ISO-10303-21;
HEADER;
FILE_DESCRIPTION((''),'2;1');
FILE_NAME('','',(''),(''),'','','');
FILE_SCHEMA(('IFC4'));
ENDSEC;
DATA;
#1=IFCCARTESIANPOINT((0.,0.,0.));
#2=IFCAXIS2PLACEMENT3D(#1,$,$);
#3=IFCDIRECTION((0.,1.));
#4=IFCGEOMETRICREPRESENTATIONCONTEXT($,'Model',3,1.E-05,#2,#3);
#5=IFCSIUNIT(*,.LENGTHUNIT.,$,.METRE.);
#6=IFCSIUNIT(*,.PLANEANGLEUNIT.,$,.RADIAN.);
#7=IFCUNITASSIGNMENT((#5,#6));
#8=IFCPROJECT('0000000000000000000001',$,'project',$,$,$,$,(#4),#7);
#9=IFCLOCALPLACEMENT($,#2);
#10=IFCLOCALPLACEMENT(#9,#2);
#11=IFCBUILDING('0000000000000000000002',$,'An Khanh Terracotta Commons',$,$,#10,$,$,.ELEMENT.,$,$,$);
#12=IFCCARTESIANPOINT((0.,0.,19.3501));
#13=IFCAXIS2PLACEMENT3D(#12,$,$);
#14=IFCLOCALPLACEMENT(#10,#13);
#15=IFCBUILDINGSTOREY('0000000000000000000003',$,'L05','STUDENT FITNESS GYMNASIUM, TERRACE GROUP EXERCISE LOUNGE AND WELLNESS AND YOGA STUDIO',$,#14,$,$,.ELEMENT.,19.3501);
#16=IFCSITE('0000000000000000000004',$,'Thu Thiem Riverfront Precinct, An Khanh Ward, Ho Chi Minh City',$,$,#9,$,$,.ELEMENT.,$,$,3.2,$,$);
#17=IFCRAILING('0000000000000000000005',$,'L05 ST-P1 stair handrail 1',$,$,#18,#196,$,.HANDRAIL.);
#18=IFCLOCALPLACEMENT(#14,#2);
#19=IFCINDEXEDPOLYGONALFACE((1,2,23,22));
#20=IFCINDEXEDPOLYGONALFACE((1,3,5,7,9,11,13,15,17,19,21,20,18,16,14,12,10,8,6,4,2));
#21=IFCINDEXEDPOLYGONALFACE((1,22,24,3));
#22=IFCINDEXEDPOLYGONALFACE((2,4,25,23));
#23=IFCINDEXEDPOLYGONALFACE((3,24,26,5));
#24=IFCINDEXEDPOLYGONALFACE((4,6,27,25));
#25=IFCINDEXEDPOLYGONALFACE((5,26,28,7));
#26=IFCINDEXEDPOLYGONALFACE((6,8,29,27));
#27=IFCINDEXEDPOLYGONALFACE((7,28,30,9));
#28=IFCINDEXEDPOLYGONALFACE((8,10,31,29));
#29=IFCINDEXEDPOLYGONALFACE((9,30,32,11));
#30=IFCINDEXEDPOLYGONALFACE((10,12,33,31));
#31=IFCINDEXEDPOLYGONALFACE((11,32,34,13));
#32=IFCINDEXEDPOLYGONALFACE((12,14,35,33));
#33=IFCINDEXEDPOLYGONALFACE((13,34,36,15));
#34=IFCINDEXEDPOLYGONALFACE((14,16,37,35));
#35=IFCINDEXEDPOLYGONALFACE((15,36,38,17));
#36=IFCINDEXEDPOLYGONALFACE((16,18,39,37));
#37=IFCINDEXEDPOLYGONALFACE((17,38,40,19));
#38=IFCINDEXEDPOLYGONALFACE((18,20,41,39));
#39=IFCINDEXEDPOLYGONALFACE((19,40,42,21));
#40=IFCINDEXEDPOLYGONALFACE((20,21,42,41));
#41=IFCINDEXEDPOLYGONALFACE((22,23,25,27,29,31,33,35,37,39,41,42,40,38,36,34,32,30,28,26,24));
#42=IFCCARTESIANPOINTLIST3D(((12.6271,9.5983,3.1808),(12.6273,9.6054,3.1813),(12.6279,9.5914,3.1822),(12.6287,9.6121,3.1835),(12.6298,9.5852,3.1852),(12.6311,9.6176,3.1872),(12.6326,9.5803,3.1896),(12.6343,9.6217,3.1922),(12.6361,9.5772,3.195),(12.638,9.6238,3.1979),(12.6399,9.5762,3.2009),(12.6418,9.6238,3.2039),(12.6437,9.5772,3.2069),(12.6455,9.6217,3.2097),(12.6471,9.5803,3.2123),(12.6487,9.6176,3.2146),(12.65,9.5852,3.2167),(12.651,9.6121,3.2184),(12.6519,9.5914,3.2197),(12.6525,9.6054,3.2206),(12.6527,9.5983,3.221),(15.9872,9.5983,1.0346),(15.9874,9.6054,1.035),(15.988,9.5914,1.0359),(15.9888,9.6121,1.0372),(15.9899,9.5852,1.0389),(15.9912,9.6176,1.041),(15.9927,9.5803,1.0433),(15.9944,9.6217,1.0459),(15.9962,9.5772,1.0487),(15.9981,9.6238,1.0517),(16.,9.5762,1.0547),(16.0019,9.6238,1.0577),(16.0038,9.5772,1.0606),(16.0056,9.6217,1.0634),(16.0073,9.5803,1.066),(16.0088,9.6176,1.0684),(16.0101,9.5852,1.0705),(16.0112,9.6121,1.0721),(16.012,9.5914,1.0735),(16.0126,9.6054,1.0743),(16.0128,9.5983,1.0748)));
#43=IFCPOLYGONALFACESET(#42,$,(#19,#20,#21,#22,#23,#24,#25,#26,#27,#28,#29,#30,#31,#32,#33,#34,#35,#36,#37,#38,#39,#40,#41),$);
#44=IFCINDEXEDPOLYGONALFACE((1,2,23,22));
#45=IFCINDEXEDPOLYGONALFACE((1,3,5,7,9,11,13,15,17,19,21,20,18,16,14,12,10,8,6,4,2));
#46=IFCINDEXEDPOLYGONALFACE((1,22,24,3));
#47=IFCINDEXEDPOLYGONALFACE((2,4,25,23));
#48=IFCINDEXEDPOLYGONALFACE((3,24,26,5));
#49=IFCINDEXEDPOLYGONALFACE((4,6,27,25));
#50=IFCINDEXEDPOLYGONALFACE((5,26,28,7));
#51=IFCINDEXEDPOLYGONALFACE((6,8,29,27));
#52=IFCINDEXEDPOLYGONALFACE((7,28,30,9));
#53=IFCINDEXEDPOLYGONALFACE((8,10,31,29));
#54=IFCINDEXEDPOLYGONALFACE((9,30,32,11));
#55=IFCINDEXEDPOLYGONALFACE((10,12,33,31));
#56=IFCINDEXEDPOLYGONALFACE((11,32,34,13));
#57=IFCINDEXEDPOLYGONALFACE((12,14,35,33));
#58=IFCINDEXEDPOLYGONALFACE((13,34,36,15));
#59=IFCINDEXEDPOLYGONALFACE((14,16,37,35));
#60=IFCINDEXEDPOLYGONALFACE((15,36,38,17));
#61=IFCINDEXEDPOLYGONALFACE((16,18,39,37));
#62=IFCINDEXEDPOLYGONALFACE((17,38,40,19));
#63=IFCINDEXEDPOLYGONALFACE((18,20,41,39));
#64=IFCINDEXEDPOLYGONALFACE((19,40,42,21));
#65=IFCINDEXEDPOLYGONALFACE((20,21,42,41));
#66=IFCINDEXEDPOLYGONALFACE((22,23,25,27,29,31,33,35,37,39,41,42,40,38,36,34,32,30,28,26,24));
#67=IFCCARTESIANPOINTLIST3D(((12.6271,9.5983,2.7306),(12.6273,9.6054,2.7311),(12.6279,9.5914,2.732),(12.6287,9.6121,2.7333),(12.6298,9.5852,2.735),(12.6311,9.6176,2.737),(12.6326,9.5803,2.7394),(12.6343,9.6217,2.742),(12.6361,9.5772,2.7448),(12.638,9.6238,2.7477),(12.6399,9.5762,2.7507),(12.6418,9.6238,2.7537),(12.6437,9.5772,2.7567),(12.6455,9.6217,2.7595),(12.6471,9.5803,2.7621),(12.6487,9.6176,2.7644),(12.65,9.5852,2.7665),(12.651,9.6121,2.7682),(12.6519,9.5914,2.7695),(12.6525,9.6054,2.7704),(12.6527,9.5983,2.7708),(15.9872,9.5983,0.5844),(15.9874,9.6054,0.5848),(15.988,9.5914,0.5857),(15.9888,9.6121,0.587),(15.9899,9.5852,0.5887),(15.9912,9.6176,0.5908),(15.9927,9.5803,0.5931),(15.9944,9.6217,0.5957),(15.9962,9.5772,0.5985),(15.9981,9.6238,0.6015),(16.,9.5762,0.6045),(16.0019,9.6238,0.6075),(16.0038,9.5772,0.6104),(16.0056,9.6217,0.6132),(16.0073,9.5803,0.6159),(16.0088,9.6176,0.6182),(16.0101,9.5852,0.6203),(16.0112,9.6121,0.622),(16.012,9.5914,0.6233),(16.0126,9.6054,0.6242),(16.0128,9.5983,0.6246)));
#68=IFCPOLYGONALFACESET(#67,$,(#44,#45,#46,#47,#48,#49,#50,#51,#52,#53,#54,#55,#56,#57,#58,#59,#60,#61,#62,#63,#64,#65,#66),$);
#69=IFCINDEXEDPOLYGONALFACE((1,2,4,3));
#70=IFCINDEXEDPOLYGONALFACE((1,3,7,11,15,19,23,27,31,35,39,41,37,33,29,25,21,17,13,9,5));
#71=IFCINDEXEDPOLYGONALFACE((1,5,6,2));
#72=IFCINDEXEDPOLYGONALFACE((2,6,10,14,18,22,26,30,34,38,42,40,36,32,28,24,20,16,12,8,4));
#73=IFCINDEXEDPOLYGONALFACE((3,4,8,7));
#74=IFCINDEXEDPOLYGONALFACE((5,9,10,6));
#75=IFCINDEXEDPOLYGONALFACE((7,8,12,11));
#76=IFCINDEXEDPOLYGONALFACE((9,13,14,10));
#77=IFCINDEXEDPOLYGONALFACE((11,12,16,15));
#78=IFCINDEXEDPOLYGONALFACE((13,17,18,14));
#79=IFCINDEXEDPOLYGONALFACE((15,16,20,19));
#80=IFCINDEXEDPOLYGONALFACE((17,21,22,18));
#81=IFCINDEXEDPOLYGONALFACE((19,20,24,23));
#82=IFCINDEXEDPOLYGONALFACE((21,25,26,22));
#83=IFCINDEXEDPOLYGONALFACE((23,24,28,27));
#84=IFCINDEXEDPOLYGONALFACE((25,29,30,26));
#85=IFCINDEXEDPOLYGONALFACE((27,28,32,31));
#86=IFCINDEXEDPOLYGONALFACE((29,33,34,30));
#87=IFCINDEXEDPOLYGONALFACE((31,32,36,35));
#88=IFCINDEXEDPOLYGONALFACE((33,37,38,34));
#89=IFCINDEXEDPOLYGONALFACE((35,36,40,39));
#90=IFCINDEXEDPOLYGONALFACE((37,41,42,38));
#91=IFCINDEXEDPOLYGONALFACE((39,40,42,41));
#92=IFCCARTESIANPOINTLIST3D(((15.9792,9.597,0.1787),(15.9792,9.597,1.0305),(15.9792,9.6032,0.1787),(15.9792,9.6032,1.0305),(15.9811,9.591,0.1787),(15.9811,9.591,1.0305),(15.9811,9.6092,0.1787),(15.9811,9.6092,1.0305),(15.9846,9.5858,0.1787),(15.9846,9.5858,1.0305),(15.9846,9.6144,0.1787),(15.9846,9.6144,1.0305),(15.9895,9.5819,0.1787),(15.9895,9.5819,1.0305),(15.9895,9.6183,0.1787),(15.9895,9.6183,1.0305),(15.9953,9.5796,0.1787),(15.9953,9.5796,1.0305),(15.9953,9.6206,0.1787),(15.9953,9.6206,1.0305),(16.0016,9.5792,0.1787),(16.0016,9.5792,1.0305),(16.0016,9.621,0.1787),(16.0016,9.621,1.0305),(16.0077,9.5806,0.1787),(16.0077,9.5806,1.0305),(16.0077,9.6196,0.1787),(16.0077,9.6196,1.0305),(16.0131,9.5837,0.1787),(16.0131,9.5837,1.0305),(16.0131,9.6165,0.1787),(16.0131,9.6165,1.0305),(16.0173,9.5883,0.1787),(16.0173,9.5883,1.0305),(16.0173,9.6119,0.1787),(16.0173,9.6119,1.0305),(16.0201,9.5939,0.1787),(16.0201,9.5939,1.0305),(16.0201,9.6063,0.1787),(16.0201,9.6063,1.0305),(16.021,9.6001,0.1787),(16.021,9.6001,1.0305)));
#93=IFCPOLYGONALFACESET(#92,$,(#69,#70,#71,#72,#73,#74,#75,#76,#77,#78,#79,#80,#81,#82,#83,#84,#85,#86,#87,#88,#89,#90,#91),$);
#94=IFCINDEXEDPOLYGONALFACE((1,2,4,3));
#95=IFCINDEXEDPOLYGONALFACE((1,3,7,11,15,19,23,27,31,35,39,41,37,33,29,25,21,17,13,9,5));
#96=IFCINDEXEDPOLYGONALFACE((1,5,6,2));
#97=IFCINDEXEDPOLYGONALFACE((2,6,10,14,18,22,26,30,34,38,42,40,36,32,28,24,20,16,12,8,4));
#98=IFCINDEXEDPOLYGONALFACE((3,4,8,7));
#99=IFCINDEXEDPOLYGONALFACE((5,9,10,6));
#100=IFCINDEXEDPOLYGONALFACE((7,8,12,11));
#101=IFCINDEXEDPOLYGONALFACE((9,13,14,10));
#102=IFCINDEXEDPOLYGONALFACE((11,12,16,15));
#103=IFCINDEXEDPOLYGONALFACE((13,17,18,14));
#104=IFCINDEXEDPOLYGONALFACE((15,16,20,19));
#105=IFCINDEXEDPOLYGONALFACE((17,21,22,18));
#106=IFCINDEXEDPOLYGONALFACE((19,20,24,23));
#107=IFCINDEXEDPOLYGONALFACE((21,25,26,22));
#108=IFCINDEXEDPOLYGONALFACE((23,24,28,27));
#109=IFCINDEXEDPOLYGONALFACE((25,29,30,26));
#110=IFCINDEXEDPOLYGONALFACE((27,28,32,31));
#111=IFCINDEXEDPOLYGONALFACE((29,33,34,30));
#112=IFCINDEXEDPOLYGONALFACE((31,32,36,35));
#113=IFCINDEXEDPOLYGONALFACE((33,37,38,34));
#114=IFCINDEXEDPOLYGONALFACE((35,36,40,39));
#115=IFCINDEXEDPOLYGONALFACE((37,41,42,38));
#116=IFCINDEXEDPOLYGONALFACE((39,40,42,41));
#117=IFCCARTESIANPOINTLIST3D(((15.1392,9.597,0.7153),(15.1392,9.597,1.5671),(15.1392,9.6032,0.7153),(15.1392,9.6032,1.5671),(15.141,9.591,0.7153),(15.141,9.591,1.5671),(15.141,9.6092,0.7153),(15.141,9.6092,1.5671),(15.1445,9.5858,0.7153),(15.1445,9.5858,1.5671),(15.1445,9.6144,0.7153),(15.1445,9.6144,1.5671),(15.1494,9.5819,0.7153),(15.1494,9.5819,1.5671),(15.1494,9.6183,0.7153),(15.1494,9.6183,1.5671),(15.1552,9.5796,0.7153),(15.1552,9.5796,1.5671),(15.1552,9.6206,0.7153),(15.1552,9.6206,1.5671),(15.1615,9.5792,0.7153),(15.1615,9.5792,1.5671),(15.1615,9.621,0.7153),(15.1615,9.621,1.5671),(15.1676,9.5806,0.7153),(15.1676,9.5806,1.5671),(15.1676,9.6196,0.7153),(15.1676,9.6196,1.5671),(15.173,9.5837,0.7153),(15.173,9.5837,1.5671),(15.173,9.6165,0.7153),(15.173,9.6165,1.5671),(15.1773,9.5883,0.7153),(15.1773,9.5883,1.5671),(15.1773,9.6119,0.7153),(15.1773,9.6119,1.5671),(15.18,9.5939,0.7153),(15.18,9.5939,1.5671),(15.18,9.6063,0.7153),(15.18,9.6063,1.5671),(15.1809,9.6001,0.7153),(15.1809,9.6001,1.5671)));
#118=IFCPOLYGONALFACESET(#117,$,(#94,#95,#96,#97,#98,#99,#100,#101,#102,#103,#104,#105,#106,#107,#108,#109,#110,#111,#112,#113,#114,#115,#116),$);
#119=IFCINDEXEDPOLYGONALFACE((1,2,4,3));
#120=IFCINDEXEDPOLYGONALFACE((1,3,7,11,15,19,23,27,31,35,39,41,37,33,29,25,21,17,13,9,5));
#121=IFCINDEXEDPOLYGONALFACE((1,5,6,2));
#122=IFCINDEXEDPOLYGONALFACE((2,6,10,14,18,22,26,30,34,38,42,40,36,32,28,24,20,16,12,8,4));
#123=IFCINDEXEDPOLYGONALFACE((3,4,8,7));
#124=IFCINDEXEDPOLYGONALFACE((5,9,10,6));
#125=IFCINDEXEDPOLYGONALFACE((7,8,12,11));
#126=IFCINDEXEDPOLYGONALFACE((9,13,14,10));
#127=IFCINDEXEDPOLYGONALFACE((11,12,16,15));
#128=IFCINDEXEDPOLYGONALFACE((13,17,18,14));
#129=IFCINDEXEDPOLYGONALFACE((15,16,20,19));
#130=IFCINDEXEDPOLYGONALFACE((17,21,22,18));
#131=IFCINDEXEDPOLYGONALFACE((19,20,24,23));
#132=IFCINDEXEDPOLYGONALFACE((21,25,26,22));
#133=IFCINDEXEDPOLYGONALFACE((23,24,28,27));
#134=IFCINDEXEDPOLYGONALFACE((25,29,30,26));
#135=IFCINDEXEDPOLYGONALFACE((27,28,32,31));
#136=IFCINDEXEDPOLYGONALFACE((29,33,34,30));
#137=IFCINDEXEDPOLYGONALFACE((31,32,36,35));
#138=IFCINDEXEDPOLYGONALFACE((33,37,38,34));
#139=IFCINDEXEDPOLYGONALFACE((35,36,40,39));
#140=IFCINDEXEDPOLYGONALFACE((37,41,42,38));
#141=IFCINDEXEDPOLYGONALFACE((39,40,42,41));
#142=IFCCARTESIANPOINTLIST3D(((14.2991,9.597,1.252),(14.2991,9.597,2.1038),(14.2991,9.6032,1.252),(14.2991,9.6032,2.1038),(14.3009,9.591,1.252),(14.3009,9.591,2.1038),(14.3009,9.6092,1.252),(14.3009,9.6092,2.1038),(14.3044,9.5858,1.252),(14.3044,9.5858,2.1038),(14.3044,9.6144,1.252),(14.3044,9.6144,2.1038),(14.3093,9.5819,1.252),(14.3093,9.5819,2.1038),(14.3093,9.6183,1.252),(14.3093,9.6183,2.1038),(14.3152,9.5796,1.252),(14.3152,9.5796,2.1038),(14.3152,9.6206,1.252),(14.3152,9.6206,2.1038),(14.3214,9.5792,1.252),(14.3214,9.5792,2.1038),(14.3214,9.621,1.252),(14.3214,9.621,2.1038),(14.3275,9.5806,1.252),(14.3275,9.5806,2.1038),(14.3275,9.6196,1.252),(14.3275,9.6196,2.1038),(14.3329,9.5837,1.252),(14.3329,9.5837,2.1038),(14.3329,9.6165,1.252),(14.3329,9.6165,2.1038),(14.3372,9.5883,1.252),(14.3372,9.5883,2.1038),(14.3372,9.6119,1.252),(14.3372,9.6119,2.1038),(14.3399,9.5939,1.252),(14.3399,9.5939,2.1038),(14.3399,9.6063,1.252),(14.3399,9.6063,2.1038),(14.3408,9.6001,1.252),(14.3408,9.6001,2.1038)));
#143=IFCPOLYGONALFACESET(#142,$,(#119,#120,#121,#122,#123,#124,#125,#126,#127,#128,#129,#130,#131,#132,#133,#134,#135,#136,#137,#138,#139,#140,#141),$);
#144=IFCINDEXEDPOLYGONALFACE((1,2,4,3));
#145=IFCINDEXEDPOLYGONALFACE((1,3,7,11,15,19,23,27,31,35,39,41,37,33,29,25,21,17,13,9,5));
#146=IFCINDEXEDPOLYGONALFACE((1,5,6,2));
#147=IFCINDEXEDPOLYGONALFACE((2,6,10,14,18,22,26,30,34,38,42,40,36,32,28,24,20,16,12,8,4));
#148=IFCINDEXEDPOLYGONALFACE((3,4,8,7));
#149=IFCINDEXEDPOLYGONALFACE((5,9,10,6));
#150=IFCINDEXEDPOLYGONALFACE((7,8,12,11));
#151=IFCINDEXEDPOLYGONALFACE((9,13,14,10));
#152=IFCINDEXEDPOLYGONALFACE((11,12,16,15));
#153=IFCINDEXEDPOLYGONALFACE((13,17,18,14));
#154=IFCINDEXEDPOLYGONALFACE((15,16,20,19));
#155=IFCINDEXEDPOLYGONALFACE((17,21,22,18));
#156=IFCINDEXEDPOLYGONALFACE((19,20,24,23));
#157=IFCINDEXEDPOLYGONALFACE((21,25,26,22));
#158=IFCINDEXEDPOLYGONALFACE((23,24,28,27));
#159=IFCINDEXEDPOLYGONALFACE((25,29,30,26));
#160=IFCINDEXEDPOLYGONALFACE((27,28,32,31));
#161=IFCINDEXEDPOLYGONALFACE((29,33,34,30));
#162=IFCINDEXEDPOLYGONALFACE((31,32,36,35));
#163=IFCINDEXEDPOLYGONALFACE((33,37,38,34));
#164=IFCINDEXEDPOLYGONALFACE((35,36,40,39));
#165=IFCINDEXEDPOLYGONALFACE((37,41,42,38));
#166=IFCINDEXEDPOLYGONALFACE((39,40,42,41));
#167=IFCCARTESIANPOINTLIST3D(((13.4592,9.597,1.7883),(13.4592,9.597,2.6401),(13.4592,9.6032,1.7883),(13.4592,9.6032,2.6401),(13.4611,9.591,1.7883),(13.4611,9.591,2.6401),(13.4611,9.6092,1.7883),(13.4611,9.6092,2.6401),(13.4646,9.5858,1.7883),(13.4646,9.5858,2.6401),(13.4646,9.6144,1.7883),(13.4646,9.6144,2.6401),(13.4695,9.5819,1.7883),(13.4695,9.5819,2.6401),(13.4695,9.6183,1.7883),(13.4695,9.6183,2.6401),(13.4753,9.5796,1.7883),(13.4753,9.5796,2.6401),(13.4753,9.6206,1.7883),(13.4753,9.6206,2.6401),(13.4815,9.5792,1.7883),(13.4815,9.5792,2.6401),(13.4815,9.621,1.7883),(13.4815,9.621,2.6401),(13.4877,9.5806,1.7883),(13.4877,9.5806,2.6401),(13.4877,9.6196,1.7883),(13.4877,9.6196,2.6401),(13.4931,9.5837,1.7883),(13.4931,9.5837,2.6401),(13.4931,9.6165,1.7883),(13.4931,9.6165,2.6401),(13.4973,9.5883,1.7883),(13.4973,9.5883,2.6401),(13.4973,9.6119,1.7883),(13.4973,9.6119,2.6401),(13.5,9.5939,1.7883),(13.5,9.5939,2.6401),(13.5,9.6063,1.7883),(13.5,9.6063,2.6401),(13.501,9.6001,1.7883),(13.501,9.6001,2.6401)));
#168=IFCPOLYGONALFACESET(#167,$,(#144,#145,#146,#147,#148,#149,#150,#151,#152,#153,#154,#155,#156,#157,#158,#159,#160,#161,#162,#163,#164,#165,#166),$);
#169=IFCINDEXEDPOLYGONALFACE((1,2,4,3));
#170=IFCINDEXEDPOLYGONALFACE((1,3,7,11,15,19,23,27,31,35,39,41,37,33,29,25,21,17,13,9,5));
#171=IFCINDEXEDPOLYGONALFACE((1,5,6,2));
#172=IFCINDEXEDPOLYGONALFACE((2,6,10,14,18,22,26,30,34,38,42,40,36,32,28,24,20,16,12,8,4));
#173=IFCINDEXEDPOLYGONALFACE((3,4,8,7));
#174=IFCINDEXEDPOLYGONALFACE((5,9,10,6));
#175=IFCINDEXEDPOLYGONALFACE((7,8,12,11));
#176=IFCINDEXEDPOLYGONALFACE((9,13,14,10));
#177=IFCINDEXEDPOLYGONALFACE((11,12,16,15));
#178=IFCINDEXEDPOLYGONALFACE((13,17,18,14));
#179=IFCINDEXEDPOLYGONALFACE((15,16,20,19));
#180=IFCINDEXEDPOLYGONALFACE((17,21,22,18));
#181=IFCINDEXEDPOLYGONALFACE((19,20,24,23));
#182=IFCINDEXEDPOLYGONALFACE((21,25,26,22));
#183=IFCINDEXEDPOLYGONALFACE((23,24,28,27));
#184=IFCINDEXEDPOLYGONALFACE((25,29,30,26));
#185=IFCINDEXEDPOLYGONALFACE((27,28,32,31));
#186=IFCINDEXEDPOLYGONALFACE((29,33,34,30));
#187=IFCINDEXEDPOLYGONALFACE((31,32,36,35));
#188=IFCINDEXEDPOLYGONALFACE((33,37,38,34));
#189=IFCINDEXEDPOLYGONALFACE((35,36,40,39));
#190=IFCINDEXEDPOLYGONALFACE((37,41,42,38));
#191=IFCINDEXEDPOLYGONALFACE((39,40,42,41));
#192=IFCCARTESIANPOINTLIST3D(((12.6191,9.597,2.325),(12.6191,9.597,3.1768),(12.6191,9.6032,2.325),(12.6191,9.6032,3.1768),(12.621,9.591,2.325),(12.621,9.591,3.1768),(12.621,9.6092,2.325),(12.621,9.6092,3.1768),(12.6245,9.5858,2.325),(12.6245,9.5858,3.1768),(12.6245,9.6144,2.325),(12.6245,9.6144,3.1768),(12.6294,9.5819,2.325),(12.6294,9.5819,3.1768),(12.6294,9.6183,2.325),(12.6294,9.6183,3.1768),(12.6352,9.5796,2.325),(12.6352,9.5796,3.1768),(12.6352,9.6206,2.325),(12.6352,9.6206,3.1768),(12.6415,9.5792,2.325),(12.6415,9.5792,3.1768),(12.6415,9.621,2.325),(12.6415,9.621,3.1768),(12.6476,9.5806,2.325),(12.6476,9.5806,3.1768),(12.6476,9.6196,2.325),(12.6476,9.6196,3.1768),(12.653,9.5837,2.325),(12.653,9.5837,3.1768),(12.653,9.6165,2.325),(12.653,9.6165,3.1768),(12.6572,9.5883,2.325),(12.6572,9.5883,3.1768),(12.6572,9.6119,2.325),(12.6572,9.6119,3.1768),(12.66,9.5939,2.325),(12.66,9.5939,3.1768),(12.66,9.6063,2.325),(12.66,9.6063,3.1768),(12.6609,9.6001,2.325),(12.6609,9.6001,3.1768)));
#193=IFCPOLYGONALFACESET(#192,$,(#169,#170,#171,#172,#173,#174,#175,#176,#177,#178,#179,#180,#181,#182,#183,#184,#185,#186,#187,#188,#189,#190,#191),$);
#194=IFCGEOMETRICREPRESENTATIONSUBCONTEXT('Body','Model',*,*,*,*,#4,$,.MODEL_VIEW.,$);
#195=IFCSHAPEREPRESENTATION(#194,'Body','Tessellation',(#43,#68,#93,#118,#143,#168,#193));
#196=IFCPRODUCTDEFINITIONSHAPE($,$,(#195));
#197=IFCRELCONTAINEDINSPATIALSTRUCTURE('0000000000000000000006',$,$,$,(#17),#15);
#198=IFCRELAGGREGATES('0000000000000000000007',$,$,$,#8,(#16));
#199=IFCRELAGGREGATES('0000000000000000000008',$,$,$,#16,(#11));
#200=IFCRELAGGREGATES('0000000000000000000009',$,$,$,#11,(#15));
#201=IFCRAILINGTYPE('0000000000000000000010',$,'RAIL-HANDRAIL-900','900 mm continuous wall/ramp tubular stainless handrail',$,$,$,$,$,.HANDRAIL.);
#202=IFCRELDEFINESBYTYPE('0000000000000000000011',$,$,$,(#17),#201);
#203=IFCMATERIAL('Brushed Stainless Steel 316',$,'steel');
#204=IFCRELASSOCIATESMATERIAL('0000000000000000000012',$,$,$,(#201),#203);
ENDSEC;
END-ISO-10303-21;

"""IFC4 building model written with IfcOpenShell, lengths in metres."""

from ifc_helpers import new_model, si_unit, direction, frame, origin, origin_2d, place, context, subcontext, project, spatial, circle, extrude, material, type_object, element, save


model = new_model("IFC4")

# Units and contexts
model_context = context("Model", 3, precision=1e-05, world=origin(), true_north=direction((0.0, 1.0)))
body_context = subcontext(model_context, "Body", "Model", "MODEL_VIEW")
ifc_project = project(units=[si_unit("LENGTHUNIT", "METRE"), si_unit("PLANEANGLEUNIT", "RADIAN")], contexts=[model_context])

# Site, building, storey
site_placement = place(None, origin())
site = spatial("IfcSite", under=ifc_project, at=site_placement, Name="Thu Thiem Riverfront Precinct, An Khanh Ward, Ho Chi Minh City", CompositionType="ELEMENT", RefElevation=3.2)
building_placement = place(site_placement, origin())
building = spatial("IfcBuilding", under=site, at=building_placement, Name="An Khanh Terracotta Commons", CompositionType="ELEMENT")
storey_placement = place(building_placement, frame((0.0, 0.0, 19.3501)))
storey = spatial("IfcBuildingStorey", under=building, at=storey_placement, Name="L05", Description="STUDENT FITNESS GYMNASIUM, TERRACE GROUP EXERCISE LOUNGE AND WELLNESS AND YOGA STUDIO", CompositionType="ELEMENT", Elevation=19.3501)

# Railing
ifc_material_1 = material(Name="Brushed Stainless Steel 316", Category="steel")
railing_type_1 = type_object("IfcRailingType", Name="RAIL-HANDRAIL-900", Description="900 mm continuous wall/ramp tubular stainless handrail", PredefinedType="HANDRAIL", material=ifc_material_1)
railing_1_placement = place(storey_placement, frame((16.0, 9.6001, 0.1787)))
element("IfcRailing", 1, at=railing_1_placement, inside=storey, type_object=railing_type_1, Name="L05 ST-P1 stair handrail 1", PredefinedType="HANDRAIL", context=body_context, shape_type="SweptSolid", body=[
    extrude(circle(Radius=0.0239, at=origin_2d()), frame((0.0, 0.0, 0.876), z_axis=(-0.842753, 0.0, 0.538301), x_axis=(0.0, -1.0, 0.0)), (0.0, 0.0, 1.0), 3.9871),
    extrude(circle(Radius=0.0239, at=origin_2d()), frame((0.0, 0.0, 0.4258), z_axis=(-0.842753, 0.0, 0.538301), x_axis=(0.0, -1.0, 0.0)), (0.0, 0.0, 1.0), 3.9871),
    extrude(circle(Radius=0.021, at=origin_2d()), origin(), (0.0, 0.0, 1.0), 0.8518),
    extrude(circle(Radius=0.021, at=origin_2d()), frame((-0.8401, 0.0, 0.5366)), (0.0, 0.0, 1.0), 0.8518),
    extrude(circle(Radius=0.021, at=origin_2d()), frame((-1.6802, 0.0, 1.0732)), (0.0, 0.0, 1.0), 0.8518),
    extrude(circle(Radius=0.021, at=origin_2d()), frame((-2.52, 0.0, 1.6096)), (0.0, 0.0, 1.0), 0.8518),
    extrude(circle(Radius=0.021, at=origin_2d()), frame((-3.3601, 0.0, 2.1462)), (0.0, 0.0, 1.0), 0.8518),
])

save(model, "model.ifc")
